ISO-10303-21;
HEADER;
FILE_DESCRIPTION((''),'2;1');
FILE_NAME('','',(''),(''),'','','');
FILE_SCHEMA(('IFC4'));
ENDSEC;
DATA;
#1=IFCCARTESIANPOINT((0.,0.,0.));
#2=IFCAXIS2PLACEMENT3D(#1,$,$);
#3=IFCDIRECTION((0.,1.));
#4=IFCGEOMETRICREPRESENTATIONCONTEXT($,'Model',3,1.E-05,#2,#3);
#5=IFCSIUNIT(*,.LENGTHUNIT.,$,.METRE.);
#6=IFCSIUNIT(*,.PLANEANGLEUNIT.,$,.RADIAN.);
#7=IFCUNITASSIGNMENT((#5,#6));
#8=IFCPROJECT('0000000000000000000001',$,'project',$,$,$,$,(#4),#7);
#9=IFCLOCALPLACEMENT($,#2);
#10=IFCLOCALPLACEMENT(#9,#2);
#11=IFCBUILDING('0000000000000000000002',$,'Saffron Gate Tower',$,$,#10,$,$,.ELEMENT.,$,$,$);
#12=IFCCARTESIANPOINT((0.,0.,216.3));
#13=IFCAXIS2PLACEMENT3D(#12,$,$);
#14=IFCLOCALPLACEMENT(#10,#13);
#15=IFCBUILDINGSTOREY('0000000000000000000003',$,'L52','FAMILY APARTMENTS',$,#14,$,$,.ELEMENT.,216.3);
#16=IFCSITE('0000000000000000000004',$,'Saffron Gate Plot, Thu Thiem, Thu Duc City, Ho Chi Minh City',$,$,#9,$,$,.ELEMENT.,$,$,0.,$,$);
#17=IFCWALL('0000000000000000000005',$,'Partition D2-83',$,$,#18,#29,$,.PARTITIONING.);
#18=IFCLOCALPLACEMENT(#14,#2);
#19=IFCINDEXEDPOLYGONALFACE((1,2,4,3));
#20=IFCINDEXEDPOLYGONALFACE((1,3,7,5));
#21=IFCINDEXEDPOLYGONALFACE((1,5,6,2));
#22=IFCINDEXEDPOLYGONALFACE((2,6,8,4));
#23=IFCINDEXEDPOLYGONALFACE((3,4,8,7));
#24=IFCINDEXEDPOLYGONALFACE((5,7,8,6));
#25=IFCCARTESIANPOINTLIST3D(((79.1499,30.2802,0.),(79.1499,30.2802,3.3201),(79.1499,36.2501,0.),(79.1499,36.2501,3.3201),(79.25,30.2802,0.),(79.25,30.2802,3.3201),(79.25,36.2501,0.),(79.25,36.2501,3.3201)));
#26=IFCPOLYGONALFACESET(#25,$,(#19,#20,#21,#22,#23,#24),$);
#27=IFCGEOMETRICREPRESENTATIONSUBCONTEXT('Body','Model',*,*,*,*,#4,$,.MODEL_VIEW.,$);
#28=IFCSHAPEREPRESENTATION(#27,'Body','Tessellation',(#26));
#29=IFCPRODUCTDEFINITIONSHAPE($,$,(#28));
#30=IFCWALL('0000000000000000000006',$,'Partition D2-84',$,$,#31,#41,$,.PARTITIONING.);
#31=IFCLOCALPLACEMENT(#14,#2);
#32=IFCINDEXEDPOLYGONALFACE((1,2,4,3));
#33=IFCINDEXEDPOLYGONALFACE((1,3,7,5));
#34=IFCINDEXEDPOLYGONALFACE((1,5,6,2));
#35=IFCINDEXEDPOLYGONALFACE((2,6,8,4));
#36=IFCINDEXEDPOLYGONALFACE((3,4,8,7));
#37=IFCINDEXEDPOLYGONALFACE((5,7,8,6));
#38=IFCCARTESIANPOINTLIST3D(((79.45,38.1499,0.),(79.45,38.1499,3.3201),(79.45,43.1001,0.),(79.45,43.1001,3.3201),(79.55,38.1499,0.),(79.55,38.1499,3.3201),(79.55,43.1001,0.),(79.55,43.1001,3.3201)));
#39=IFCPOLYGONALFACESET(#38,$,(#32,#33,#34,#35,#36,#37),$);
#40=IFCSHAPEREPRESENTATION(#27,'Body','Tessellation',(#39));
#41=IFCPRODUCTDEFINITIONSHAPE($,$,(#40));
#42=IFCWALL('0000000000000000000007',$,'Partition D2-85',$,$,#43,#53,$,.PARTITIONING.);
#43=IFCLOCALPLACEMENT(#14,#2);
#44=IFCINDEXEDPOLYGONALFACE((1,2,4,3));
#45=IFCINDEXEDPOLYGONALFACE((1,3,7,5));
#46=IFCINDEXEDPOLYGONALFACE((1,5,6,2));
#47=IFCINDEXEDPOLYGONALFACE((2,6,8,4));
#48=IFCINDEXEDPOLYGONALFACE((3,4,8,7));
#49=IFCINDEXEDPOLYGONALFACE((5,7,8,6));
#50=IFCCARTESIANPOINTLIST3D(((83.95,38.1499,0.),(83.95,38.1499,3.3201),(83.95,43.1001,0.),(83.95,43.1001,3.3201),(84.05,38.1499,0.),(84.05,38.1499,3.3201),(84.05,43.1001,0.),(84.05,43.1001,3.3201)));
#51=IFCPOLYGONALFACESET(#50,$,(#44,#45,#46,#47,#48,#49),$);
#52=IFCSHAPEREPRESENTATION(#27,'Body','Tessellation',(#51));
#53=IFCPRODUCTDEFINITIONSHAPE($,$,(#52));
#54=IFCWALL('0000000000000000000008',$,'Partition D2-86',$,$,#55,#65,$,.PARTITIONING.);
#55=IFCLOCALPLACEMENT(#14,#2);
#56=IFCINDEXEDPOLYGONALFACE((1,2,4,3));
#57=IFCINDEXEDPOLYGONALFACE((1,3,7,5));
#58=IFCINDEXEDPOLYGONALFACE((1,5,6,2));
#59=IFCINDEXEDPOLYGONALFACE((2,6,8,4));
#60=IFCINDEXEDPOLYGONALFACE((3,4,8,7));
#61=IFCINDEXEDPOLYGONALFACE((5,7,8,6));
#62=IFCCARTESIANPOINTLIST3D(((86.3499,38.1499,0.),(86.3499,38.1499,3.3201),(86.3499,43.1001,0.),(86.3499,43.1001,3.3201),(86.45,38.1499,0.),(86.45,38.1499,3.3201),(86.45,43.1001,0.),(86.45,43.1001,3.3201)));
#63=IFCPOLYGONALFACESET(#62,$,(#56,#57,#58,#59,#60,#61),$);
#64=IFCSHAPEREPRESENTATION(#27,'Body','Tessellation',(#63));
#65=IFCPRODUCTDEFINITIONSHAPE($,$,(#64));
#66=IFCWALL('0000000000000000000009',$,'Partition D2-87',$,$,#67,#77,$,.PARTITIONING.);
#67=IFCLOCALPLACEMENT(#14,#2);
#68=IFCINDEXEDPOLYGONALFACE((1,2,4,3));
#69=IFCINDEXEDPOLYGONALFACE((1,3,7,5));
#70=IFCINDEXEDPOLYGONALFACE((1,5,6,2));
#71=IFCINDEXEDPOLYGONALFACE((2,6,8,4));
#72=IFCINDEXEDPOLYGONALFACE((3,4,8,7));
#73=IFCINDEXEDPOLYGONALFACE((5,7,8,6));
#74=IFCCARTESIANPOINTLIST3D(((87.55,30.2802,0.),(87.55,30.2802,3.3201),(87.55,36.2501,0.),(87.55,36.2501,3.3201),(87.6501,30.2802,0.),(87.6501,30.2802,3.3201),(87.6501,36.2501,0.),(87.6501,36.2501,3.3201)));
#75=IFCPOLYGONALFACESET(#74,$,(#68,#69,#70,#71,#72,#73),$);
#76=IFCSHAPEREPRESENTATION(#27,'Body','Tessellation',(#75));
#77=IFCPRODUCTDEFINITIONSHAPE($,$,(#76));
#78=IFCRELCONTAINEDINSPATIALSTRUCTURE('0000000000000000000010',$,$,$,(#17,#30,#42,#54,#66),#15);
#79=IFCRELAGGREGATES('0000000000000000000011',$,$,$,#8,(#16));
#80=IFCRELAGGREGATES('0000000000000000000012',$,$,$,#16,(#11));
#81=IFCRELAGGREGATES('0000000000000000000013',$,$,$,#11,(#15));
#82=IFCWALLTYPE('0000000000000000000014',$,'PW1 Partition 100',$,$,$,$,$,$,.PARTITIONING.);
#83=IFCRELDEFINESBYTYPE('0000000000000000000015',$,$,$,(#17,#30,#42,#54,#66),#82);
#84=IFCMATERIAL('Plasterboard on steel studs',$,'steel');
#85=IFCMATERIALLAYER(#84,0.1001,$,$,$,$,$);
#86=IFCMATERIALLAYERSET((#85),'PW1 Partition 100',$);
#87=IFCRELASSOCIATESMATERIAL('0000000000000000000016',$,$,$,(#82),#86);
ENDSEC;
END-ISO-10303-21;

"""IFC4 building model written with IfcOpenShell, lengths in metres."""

from ifc_helpers import new_model, si_unit, direction, frame, frame_2d, origin, place, context, subcontext, project, spatial, rectangle, extrude, material, layer, layer_set, type_object, element, save


model = new_model("IFC4")

# Units and contexts
model_context = context("Model", 3, precision=1e-05, world=origin(), true_north=direction((0.0, 1.0)))
body_context = subcontext(model_context, "Body", "Model", "MODEL_VIEW")
ifc_project = project(units=[si_unit("LENGTHUNIT", "METRE"), si_unit("PLANEANGLEUNIT", "RADIAN")], contexts=[model_context])

# Site, building, storey
site_placement = place(None, origin())
site = spatial("IfcSite", under=ifc_project, at=site_placement, Name="Saffron Gate Plot, Thu Thiem, Thu Duc City, Ho Chi Minh City", CompositionType="ELEMENT", RefElevation=0.0)
building_placement = place(site_placement, origin())
building = spatial("IfcBuilding", under=site, at=building_placement, Name="Saffron Gate Tower", CompositionType="ELEMENT")
storey_placement = place(building_placement, frame((0.0, 0.0, 216.3)))
storey = spatial("IfcBuildingStorey", under=building, at=storey_placement, Name="L52", Description="FAMILY APARTMENTS", CompositionType="ELEMENT", Elevation=216.3)

# Walls
ifc_material_1 = material(Name="Plasterboard on steel studs", Category="steel")
ifc_layer = layer(ifc_material_1, 0.1001)
ifc_layer_set = layer_set([ifc_layer], Name="PW1 Partition 100")
wall_type = type_object("IfcWallType", Name="PW1 Partition 100", PredefinedType="PARTITIONING", material=ifc_layer_set)
wall_1_placement = place(storey_placement, frame((79.2, 36.25, 0.0), z_axis=(0.0, 0.0, 1.0), x_axis=(0.0, -1.0, 0.0)))
element("IfcWall", 1, at=wall_1_placement, inside=storey, type_object=wall_type, Name="Partition D2-83", PredefinedType="PARTITIONING", context=body_context, shape_type="SweptSolid", body=[
    extrude(rectangle(XDim=5.97, YDim=0.1001, at=frame_2d((2.9849, 0.0))), origin(), (0.0, 0.0, 1.0), 3.3201),
])
for number, where, z_axis, x_axis, name in (
    (2, (79.5, 43.1001, 0.0), (0.0, 0.0, 1.0), (0.0, -1.0, 0.0), "Partition D2-84"),
    (3, (84.0, 43.1001, 0.0), (0.0, 0.0, 1.0), (0.0, -1.0, 0.0), "Partition D2-85"),
    (4, (86.3999, 43.1001, 0.0), (0.0, 0.0, 1.0), (0.0, -1.0, 0.0), "Partition D2-86"),
):
    element("IfcWall", number, at=place(storey_placement, frame(where, z_axis=z_axis, x_axis=x_axis)), inside=storey, type_object=wall_type, Name=name, PredefinedType="PARTITIONING", context=body_context, shape_type="SweptSolid", body=[
        extrude(rectangle(XDim=4.9502, YDim=0.1001, at=frame_2d((2.4751, 0.0))), origin(), (0.0, 0.0, 1.0), 3.3201),
    ])
wall_2_placement = place(storey_placement, frame((87.6001, 36.25, 0.0), z_axis=(0.0, 0.0, 1.0), x_axis=(0.0, -1.0, 0.0)))
element("IfcWall", 5, at=wall_2_placement, inside=storey, type_object=wall_type, Name="Partition D2-87", PredefinedType="PARTITIONING", context=body_context, shape_type="SweptSolid", body=[
    extrude(rectangle(XDim=5.97, YDim=0.1001, at=frame_2d((2.9849, 0.0))), origin(), (0.0, 0.0, 1.0), 3.3201),
])

save(model, "model.ifc")
